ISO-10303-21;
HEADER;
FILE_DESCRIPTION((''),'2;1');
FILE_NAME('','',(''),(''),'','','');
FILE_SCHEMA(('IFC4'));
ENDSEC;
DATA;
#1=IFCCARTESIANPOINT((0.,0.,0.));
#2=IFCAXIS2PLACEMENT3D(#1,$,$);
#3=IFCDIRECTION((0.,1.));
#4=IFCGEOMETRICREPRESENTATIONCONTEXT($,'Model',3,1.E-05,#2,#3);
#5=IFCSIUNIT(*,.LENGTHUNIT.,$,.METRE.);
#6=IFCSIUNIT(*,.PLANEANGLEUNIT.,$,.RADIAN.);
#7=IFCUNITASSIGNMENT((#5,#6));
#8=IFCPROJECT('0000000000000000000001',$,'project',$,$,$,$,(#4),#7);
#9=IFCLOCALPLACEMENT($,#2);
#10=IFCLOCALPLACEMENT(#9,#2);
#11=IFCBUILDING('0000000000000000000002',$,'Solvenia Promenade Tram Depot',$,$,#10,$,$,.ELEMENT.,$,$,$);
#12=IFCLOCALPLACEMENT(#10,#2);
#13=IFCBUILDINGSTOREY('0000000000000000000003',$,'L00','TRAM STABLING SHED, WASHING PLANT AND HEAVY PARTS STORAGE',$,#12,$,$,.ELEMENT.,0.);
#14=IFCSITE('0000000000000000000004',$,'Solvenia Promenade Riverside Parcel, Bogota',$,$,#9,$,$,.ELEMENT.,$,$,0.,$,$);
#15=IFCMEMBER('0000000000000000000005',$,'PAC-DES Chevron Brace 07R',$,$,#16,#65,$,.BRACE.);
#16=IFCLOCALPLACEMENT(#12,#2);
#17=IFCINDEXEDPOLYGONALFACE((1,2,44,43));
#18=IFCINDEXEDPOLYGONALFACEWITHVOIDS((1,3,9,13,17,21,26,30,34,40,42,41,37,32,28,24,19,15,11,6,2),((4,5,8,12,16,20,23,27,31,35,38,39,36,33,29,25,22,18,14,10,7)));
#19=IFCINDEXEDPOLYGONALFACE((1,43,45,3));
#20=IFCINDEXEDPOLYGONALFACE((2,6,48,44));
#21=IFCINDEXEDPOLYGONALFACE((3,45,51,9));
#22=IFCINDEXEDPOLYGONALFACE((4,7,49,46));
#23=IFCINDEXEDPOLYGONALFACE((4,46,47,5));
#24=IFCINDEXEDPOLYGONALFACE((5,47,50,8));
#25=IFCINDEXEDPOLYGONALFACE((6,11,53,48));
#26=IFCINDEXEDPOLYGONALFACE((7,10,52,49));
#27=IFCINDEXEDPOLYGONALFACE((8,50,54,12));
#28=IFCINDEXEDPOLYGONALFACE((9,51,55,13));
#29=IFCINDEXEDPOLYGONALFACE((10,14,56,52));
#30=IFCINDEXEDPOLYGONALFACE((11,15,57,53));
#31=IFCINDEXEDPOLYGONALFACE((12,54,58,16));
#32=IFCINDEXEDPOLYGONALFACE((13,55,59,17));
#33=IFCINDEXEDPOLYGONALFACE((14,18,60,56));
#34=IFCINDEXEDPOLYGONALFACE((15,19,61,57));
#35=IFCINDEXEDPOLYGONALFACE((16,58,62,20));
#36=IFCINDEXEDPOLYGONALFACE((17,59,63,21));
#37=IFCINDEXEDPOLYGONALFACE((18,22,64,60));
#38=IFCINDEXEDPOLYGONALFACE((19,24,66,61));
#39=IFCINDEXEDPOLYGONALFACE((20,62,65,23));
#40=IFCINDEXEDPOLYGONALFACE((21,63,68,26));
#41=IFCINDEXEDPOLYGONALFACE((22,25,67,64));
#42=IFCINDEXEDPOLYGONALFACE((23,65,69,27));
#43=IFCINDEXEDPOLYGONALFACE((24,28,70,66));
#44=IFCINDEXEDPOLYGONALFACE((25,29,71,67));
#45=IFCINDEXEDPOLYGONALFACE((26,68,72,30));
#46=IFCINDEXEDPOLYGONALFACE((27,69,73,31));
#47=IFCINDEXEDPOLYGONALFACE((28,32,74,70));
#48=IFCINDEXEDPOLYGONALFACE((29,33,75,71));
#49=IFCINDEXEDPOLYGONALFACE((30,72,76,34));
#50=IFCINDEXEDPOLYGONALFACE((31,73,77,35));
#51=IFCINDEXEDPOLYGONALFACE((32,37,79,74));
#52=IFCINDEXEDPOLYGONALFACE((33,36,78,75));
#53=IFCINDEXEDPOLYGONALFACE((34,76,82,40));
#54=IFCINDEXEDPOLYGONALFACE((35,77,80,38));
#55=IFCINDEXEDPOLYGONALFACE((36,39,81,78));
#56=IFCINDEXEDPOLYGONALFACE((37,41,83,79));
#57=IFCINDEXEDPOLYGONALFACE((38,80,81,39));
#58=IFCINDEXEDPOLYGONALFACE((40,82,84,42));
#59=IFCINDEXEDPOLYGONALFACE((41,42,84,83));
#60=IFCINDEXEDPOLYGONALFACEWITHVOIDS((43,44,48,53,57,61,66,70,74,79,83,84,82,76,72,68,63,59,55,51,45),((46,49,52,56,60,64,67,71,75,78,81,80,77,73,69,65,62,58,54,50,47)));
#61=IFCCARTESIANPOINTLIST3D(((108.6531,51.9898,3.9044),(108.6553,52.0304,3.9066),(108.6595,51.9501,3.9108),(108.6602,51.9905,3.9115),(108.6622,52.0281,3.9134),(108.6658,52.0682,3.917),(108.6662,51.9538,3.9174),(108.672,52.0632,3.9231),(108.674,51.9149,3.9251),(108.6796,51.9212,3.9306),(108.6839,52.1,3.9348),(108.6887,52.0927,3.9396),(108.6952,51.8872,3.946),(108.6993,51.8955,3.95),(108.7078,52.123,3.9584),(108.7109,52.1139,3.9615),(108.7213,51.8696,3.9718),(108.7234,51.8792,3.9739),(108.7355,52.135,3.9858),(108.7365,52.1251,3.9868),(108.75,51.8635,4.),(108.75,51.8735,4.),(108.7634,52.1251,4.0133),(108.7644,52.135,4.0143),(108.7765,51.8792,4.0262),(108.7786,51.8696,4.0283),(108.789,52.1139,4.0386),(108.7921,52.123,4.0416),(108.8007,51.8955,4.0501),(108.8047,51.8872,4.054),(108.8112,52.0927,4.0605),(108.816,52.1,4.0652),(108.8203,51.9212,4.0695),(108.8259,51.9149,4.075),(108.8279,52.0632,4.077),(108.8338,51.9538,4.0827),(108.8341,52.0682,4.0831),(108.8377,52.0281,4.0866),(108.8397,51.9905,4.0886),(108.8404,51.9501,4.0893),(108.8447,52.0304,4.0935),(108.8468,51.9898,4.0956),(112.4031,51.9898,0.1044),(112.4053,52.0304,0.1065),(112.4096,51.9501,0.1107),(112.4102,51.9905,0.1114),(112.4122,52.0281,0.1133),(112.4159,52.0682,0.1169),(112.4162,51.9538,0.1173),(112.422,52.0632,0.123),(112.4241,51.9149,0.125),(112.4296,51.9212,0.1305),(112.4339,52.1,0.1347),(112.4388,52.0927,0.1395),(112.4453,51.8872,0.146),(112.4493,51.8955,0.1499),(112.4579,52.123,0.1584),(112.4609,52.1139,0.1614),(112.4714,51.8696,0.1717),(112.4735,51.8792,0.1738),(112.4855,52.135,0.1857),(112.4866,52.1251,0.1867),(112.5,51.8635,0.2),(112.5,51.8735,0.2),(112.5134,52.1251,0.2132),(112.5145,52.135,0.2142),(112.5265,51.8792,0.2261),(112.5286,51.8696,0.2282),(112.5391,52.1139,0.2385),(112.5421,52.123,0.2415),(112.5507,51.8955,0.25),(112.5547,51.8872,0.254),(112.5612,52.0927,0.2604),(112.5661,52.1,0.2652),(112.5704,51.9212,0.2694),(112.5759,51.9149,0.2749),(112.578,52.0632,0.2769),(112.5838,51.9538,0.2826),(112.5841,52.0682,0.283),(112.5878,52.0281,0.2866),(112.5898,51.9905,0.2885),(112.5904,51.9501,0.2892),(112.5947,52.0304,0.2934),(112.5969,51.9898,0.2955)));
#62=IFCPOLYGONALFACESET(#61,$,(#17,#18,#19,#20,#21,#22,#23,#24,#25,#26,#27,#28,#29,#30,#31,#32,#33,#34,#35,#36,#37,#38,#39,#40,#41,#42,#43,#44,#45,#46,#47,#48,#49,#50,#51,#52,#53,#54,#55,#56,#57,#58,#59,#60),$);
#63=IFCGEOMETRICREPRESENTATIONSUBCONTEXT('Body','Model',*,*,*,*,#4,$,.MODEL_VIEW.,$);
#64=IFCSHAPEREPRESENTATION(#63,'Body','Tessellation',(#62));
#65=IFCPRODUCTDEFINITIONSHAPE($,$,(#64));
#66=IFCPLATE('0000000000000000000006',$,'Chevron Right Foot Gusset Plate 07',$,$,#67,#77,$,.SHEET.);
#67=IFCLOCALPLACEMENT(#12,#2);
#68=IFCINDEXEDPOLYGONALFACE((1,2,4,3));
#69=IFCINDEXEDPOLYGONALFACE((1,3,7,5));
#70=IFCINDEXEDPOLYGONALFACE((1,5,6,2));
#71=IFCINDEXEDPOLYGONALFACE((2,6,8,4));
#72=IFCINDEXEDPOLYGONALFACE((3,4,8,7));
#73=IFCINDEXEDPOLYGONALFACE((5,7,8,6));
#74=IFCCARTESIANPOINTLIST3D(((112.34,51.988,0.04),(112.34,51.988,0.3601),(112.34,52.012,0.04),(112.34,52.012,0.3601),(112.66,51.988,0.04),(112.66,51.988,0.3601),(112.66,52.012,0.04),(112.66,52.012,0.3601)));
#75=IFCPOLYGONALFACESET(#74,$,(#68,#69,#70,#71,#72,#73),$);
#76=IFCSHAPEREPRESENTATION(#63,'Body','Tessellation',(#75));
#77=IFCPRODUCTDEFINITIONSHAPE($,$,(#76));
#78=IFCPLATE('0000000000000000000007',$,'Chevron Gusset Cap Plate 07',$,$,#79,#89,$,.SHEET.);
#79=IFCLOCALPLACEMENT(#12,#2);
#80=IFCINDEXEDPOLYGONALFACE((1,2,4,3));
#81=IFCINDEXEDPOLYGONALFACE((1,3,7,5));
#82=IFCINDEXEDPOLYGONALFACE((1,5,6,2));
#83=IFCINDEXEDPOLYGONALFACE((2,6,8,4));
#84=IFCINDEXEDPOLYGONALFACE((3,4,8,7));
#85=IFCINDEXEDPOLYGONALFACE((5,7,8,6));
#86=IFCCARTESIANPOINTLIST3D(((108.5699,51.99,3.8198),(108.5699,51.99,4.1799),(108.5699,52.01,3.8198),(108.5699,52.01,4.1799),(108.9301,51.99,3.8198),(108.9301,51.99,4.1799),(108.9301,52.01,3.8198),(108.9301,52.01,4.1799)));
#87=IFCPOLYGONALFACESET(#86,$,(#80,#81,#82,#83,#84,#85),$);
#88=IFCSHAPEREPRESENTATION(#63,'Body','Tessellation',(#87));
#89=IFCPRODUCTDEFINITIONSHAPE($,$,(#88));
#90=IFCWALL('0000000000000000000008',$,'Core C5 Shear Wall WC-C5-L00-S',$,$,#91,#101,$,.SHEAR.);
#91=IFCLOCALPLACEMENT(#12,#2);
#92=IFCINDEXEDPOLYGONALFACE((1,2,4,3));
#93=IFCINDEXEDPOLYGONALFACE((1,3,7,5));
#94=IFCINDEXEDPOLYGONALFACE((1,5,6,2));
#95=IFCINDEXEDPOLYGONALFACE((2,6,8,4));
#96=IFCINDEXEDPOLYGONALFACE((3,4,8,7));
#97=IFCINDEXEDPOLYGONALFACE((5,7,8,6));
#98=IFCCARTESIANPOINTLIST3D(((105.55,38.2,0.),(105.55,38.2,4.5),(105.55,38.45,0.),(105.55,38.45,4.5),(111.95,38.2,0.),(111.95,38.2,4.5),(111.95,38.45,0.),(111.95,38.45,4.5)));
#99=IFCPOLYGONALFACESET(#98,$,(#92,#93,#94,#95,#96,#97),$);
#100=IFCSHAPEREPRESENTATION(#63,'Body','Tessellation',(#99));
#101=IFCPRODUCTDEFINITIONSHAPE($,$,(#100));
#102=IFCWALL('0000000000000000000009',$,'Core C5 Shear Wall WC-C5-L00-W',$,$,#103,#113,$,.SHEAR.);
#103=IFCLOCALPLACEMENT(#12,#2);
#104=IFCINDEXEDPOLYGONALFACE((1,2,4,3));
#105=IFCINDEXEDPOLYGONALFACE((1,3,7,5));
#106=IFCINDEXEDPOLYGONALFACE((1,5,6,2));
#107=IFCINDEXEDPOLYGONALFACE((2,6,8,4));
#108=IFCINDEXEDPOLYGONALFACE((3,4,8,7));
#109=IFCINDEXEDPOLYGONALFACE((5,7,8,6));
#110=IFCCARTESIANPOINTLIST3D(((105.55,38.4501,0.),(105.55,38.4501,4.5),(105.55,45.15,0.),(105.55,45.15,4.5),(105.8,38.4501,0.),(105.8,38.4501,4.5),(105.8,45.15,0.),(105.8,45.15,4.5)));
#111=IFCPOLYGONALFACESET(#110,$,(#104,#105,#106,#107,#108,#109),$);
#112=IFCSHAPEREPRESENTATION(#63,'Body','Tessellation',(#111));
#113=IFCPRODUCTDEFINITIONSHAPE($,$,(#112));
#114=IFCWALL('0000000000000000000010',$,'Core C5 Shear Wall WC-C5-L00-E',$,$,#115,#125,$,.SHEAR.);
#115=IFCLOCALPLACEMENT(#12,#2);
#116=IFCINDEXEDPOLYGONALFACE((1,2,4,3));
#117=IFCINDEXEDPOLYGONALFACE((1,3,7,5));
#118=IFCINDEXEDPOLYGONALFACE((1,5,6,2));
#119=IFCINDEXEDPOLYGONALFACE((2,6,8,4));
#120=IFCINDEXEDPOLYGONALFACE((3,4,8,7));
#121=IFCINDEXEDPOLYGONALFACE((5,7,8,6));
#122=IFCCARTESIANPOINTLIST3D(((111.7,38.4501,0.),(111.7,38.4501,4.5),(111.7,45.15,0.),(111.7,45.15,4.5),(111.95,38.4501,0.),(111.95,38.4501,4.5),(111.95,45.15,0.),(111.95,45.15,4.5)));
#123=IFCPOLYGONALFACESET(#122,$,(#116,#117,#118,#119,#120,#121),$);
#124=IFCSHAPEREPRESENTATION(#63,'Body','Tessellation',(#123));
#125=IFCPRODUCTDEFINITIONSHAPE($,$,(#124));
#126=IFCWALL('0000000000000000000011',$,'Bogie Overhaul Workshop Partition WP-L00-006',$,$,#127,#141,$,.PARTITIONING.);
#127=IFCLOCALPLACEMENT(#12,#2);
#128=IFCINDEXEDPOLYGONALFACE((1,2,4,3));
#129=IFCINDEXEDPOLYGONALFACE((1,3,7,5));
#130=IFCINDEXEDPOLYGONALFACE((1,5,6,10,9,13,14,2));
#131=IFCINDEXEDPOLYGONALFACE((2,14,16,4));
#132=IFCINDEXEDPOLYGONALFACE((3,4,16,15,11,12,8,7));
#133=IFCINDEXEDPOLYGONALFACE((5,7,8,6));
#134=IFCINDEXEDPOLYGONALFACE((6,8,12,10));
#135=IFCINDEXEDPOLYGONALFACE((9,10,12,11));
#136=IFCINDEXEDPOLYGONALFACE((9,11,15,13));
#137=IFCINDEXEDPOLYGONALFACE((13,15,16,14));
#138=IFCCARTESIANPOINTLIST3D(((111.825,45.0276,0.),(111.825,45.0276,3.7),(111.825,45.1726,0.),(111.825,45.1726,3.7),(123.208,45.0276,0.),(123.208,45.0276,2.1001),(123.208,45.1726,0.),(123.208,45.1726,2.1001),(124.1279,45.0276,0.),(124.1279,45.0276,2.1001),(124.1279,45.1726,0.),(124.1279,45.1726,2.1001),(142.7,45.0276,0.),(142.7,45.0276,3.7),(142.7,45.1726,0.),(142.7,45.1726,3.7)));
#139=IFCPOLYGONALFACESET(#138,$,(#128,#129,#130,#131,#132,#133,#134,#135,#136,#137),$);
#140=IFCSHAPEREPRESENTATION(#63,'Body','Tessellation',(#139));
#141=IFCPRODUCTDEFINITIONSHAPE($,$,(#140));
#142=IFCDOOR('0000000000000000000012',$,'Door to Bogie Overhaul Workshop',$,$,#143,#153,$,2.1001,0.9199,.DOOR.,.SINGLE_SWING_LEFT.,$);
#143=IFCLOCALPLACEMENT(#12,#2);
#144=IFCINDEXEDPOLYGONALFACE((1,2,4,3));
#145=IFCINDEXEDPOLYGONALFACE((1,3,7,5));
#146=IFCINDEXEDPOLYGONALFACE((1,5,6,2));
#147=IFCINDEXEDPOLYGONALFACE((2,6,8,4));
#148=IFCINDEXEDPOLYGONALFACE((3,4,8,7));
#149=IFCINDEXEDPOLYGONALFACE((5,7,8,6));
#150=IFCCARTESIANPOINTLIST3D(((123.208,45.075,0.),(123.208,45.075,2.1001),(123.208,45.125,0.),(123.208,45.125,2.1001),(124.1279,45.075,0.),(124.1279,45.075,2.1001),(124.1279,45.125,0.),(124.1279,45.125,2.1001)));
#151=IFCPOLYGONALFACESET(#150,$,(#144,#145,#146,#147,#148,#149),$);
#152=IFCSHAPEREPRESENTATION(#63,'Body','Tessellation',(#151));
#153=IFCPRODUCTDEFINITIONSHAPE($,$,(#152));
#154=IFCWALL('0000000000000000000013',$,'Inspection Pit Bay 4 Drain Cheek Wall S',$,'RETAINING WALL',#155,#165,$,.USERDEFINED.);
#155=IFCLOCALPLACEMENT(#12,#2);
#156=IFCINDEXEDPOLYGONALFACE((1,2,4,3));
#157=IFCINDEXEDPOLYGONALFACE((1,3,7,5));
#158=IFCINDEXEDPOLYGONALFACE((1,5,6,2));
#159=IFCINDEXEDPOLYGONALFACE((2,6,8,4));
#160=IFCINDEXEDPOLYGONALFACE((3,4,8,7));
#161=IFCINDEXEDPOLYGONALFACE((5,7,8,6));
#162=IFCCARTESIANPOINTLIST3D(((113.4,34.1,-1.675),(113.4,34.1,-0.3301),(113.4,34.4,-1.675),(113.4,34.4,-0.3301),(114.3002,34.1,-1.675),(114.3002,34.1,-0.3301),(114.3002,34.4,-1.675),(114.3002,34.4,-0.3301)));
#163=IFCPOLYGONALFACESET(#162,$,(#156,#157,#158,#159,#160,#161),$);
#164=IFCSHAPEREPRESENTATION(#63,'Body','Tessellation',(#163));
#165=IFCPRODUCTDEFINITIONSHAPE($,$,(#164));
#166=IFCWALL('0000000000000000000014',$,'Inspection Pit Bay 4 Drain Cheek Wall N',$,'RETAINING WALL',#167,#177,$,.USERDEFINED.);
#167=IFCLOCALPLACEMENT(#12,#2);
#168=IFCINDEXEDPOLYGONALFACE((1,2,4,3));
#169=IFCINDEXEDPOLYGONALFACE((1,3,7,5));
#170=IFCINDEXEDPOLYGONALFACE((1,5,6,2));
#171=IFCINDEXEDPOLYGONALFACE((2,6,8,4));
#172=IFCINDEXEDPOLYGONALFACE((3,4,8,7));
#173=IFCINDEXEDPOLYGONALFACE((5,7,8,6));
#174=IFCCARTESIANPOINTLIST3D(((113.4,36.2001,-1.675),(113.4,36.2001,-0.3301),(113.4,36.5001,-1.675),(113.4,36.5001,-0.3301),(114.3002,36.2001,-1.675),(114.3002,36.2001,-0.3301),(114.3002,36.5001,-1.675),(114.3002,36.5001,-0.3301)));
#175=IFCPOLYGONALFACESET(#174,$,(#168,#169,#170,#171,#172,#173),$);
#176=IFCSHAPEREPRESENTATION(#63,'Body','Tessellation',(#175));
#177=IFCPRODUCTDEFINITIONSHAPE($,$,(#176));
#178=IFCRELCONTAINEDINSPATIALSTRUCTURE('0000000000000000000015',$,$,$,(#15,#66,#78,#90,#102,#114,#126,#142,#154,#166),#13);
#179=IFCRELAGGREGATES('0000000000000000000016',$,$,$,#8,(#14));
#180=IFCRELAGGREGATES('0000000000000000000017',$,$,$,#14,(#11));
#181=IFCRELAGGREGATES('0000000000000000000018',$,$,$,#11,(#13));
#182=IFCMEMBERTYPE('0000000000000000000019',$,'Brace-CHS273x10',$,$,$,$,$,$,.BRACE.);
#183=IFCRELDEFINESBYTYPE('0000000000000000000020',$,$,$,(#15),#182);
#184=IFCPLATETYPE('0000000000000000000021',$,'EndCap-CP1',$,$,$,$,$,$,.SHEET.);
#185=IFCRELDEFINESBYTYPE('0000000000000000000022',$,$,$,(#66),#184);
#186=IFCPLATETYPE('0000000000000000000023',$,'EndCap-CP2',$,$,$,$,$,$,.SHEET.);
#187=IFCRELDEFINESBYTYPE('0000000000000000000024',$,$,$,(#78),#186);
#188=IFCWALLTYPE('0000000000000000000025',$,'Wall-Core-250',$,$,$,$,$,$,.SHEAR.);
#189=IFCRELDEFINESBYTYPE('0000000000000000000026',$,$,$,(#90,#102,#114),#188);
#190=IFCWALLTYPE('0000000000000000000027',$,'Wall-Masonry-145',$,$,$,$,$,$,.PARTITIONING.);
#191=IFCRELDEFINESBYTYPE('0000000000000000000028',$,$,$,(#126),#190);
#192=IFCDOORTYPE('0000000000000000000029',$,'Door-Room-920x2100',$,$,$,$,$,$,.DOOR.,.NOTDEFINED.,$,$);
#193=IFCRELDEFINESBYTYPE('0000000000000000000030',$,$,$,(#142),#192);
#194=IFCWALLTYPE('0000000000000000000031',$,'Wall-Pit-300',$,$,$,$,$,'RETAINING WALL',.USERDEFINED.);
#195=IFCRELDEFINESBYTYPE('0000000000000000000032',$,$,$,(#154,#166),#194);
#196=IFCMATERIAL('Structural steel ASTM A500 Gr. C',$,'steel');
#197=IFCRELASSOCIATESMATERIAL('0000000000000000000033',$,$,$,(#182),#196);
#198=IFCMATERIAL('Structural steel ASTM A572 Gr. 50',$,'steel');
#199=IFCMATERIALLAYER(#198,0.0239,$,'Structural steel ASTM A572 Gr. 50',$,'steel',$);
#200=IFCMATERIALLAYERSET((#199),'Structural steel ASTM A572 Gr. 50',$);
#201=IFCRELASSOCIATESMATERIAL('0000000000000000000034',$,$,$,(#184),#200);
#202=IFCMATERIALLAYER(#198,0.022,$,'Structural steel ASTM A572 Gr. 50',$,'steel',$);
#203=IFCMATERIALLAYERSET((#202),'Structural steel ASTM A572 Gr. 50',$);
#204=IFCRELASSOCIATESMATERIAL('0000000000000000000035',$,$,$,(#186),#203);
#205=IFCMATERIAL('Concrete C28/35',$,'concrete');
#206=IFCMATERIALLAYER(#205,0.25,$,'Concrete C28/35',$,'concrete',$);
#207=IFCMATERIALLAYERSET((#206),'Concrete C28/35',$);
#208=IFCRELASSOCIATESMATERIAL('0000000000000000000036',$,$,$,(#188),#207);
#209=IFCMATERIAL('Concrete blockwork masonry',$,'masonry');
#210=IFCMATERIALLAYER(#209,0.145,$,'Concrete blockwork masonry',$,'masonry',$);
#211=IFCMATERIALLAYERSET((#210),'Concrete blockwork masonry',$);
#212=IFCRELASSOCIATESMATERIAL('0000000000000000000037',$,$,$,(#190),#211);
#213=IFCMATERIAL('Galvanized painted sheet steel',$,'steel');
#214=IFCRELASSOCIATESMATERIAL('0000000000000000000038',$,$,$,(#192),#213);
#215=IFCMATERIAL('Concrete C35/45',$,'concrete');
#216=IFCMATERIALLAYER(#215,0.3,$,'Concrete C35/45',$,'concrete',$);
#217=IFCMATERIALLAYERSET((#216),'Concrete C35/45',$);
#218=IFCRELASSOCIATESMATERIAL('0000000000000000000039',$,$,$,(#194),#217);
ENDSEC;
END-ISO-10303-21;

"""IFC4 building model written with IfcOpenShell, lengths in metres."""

from ifc_helpers import new_model, si_unit, direction, frame, frame_2d, origin, origin_2d, place, context, subcontext, project, spatial, rectangle, hollow_circle, extrude, material, layer, layer_set, material_profile, profile_set, type_object, element, fill, save


model = new_model("IFC4")

# Units and contexts
model_context = context("Model", 3, precision=1e-05, world=origin(), true_north=direction((0.0, 1.0)))
body_context = subcontext(model_context, "Body", "Model", "MODEL_VIEW")
ifc_project = project(units=[si_unit("LENGTHUNIT", "METRE"), si_unit("PLANEANGLEUNIT", "RADIAN")], contexts=[model_context])

# Site, building, storey
site_placement = place(None, origin())
site = spatial("IfcSite", under=ifc_project, at=site_placement, Name="Solvenia Promenade Riverside Parcel, Bogota", CompositionType="ELEMENT", RefElevation=0.0)
building_placement = place(site_placement, origin())
building = spatial("IfcBuilding", under=site, at=building_placement, Name="Solvenia Promenade Tram Depot", CompositionType="ELEMENT")
storey_placement = place(building_placement, origin())
storey = spatial("IfcBuildingStorey", under=building, at=storey_placement, Name="L00", Description="TRAM STABLING SHED, WASHING PLANT AND HEAVY PARTS STORAGE", CompositionType="ELEMENT", Elevation=0.0)

# Shared definitions
ifc_material_1 = material(Name="Concrete C28/35", Category="concrete")

# Member
ifc_material_2 = material(Name="Structural steel ASTM A500 Gr. C", Category="steel")
ifc_material_profile_1 = material_profile(ifc_material_2, hollow_circle(Radius=0.1365, WallThickness=0.01, at=origin_2d()), Name="CHS273.0x10", Category="steel")
ifc_profile_set_1 = profile_set([ifc_material_profile_1], Name="Structural steel ASTM A500 Gr. C")
member_type = type_object("IfcMemberType", Name="Brace-CHS273x10", PredefinedType="BRACE", material=ifc_profile_set_1)
member_placement = place(storey_placement, frame((112.5, 52.0, 0.2), z_axis=(-0.702404, 0.0, 0.711779), x_axis=(0.0, -1.0, 0.0)))
element("IfcMember", 1, at=member_placement, inside=storey, type_object=member_type, Name="PAC-DES Chevron Brace 07R", PredefinedType="BRACE", context=body_context, shape_type="SweptSolid", body=[
    extrude(hollow_circle(Radius=0.1365, WallThickness=0.01, at=origin_2d()), origin(), (0.0, 0.0, 1.0), 5.3389),
])

# Plates
ifc_material_3 = material(Name="Structural steel ASTM A572 Gr. 50", Category="steel")
ifc_layer_1 = layer(ifc_material_3, 0.0239, Name="Structural steel ASTM A572 Gr. 50", Category="steel")
ifc_layer_set_1 = layer_set([ifc_layer_1], Name="Structural steel ASTM A572 Gr. 50")
plate_type_1 = type_object("IfcPlateType", Name="EndCap-CP1", PredefinedType="SHEET", material=ifc_layer_set_1)
plate_1_placement = place(storey_placement, frame((112.5, 52.0, 0.04), z_axis=(0.0, 0.0, 1.0), x_axis=(1.0, 0.0, 0.0)))
element("IfcPlate", 2, at=plate_1_placement, inside=storey, type_object=plate_type_1, Name="Chevron Right Foot Gusset Plate 07", PredefinedType="SHEET", context=body_context, shape_type="SweptSolid", body=[
    extrude(rectangle(XDim=0.3201, YDim=0.0239, at=origin_2d()), origin(), (0.0, 0.0, 1.0), 0.3201),
])
ifc_layer_2 = layer(ifc_material_3, 0.022, Name="Structural steel ASTM A572 Gr. 50", Category="steel")
ifc_layer_set_2 = layer_set([ifc_layer_2], Name="Structural steel ASTM A572 Gr. 50")
plate_type_2 = type_object("IfcPlateType", Name="EndCap-CP2", PredefinedType="SHEET", material=ifc_layer_set_2)
plate_2_placement = place(storey_placement, frame((108.75, 52.0, 3.8198), z_axis=(0.0, 0.0, 1.0), x_axis=(1.0, 0.0, 0.0)))
element("IfcPlate", 3, at=plate_2_placement, inside=storey, type_object=plate_type_2, Name="Chevron Gusset Cap Plate 07", PredefinedType="SHEET", context=body_context, shape_type="SweptSolid", body=[
    extrude(rectangle(XDim=0.3601, YDim=0.02, at=origin_2d()), origin(), (0.0, 0.0, 1.0), 0.3601),
])

# Wall
ifc_layer_3 = layer(ifc_material_1, 0.25, Name="Concrete C28/35", Category="concrete")
ifc_layer_set_3 = layer_set([ifc_layer_3], Name="Concrete C28/35")
wall_type_1 = type_object("IfcWallType", Name="Wall-Core-250", PredefinedType="SHEAR", material=ifc_layer_set_3)
wall_1_placement = place(storey_placement, frame((105.55, 38.325, 0.0), z_axis=(0.0, 0.0, 1.0), x_axis=(1.0, 0.0, 0.0)))
element("IfcWall", 4, at=wall_1_placement, inside=storey, type_object=wall_type_1, Name="Core C5 Shear Wall WC-C5-L00-S", PredefinedType="SHEAR", context=body_context, shape_type="SweptSolid", body=[
    extrude(rectangle(XDim=6.3999, YDim=0.25, at=frame_2d((3.2, 0.0))), origin(), (0.0, 0.0, 1.0), 4.5),
])

# Shared definitions
ifc_material_4 = material(Name="Galvanized painted sheet steel", Category="steel")

# Walls
for number, where, z_axis, x_axis, name in (
    (5, (105.675, 38.45, 0.0), (0.0, 0.0, 1.0), (0.0, 1.0, 0.0), "Core C5 Shear Wall WC-C5-L00-W"),
    (6, (111.825, 38.45, 0.0), (0.0, 0.0, 1.0), (0.0, 1.0, 0.0), "Core C5 Shear Wall WC-C5-L00-E"),
):
    element("IfcWall", number, at=place(storey_placement, frame(where, z_axis=z_axis, x_axis=x_axis)), inside=storey, type_object=wall_type_1, Name=name, PredefinedType="SHEAR", context=body_context, shape_type="SweptSolid", body=[
        extrude(rectangle(XDim=6.7, YDim=0.25, at=frame_2d((3.3501, 0.0))), origin(), (0.0, 0.0, 1.0), 4.5),
    ])

# Wall, opening, door
ifc_material_5 = material(Name="Concrete blockwork masonry", Category="masonry")
ifc_layer_4 = layer(ifc_material_5, 0.145, Name="Concrete blockwork masonry", Category="masonry")
ifc_layer_set_4 = layer_set([ifc_layer_4], Name="Concrete blockwork masonry")
wall_type_2 = type_object("IfcWallType", Name="Wall-Masonry-145", PredefinedType="PARTITIONING", material=ifc_layer_set_4)
wall_2_placement = place(storey_placement, frame((111.825, 45.1001, 0.0), z_axis=(0.0, 0.0, 1.0), x_axis=(1.0, 0.0, 0.0)))
wall_2 = element("IfcWall", 7, at=wall_2_placement, inside=storey, type_object=wall_type_2, Name="Bogie Overhaul Workshop Partition WP-L00-006", PredefinedType="PARTITIONING", context=body_context, shape_type="SweptSolid", body=[
    extrude(rectangle(XDim=30.875, YDim=0.145, at=frame_2d((15.4375, 0.0))), origin(), (0.0, 0.0, 1.0), 3.7),
])
opening_1_placement = place(wall_2_placement, frame((11.3831, 0.0, 0.0)))
opening_1 = element("IfcOpeningElement", 8, at=opening_1_placement, cuts=wall_2, PredefinedType="OPENING", context=body_context, shape_type="SweptSolid", body=[
    extrude(rectangle(XDim=0.9199, YDim=2.1001, at=frame_2d((0.46, 1.05))), frame((0.0, 0.0825, 0.0), z_axis=(0.0, -1.0, 0.0), x_axis=(1.0, 0.0, 0.0)), (0.0, 0.0, 1.0), 0.165),
])
door_type_1 = type_object("IfcDoorType", Name="Door-Room-920x2100", OperationType="NOTDEFINED", PredefinedType="DOOR", material=ifc_material_4)
door_1_placement = place(opening_1_placement, origin())
door_1 = element("IfcDoor", 9, at=door_1_placement, inside=storey, type_object=door_type_1, Name="Door to Bogie Overhaul Workshop", OperationType="SINGLE_SWING_LEFT", OverallHeight=2.1001, OverallWidth=0.9199, PredefinedType="DOOR", context=body_context, shape_type="SweptSolid", body=[
    extrude(rectangle(XDim=0.9199, YDim=2.1001, at=frame_2d((0.46, 1.05))), frame((0.0, 0.0249, 0.0), z_axis=(0.0, -1.0, 0.0), x_axis=(1.0, 0.0, 0.0)), (0.0, 0.0, 1.0), 0.05),
])
fill(opening_1, door_1)

# Walls
ifc_material_6 = material(Name="Concrete C35/45", Category="concrete")
ifc_layer_5 = layer(ifc_material_6, 0.3, Name="Concrete C35/45", Category="concrete")
ifc_layer_set_5 = layer_set([ifc_layer_5], Name="Concrete C35/45")
wall_type_3 = type_object("IfcWallType", Name="Wall-Pit-300", ElementType="RETAINING WALL", PredefinedType="USERDEFINED", material=ifc_layer_set_5)
for number, where, z_axis, x_axis, name in (
    (10, (113.3999, 34.25, -1.675), (0.0, 0.0, 1.0), (1.0, 0.0, 0.0), "Inspection Pit Bay 4 Drain Cheek Wall S"),
    (11, (113.3999, 36.3501, -1.675), (0.0, 0.0, 1.0), (1.0, 0.0, 0.0), "Inspection Pit Bay 4 Drain Cheek Wall N"),
):
    element("IfcWall", number, at=place(storey_placement, frame(where, z_axis=z_axis, x_axis=x_axis)), inside=storey, type_object=wall_type_3, Name=name, ObjectType="RETAINING WALL", PredefinedType="USERDEFINED", context=body_context, shape_type="SweptSolid", body=[
        extrude(rectangle(XDim=0.9001, YDim=0.3, at=frame_2d((0.4502, 0.0))), origin(), (0.0, 0.0, 1.0), 1.345),
    ])

save(model, "model.ifc")
